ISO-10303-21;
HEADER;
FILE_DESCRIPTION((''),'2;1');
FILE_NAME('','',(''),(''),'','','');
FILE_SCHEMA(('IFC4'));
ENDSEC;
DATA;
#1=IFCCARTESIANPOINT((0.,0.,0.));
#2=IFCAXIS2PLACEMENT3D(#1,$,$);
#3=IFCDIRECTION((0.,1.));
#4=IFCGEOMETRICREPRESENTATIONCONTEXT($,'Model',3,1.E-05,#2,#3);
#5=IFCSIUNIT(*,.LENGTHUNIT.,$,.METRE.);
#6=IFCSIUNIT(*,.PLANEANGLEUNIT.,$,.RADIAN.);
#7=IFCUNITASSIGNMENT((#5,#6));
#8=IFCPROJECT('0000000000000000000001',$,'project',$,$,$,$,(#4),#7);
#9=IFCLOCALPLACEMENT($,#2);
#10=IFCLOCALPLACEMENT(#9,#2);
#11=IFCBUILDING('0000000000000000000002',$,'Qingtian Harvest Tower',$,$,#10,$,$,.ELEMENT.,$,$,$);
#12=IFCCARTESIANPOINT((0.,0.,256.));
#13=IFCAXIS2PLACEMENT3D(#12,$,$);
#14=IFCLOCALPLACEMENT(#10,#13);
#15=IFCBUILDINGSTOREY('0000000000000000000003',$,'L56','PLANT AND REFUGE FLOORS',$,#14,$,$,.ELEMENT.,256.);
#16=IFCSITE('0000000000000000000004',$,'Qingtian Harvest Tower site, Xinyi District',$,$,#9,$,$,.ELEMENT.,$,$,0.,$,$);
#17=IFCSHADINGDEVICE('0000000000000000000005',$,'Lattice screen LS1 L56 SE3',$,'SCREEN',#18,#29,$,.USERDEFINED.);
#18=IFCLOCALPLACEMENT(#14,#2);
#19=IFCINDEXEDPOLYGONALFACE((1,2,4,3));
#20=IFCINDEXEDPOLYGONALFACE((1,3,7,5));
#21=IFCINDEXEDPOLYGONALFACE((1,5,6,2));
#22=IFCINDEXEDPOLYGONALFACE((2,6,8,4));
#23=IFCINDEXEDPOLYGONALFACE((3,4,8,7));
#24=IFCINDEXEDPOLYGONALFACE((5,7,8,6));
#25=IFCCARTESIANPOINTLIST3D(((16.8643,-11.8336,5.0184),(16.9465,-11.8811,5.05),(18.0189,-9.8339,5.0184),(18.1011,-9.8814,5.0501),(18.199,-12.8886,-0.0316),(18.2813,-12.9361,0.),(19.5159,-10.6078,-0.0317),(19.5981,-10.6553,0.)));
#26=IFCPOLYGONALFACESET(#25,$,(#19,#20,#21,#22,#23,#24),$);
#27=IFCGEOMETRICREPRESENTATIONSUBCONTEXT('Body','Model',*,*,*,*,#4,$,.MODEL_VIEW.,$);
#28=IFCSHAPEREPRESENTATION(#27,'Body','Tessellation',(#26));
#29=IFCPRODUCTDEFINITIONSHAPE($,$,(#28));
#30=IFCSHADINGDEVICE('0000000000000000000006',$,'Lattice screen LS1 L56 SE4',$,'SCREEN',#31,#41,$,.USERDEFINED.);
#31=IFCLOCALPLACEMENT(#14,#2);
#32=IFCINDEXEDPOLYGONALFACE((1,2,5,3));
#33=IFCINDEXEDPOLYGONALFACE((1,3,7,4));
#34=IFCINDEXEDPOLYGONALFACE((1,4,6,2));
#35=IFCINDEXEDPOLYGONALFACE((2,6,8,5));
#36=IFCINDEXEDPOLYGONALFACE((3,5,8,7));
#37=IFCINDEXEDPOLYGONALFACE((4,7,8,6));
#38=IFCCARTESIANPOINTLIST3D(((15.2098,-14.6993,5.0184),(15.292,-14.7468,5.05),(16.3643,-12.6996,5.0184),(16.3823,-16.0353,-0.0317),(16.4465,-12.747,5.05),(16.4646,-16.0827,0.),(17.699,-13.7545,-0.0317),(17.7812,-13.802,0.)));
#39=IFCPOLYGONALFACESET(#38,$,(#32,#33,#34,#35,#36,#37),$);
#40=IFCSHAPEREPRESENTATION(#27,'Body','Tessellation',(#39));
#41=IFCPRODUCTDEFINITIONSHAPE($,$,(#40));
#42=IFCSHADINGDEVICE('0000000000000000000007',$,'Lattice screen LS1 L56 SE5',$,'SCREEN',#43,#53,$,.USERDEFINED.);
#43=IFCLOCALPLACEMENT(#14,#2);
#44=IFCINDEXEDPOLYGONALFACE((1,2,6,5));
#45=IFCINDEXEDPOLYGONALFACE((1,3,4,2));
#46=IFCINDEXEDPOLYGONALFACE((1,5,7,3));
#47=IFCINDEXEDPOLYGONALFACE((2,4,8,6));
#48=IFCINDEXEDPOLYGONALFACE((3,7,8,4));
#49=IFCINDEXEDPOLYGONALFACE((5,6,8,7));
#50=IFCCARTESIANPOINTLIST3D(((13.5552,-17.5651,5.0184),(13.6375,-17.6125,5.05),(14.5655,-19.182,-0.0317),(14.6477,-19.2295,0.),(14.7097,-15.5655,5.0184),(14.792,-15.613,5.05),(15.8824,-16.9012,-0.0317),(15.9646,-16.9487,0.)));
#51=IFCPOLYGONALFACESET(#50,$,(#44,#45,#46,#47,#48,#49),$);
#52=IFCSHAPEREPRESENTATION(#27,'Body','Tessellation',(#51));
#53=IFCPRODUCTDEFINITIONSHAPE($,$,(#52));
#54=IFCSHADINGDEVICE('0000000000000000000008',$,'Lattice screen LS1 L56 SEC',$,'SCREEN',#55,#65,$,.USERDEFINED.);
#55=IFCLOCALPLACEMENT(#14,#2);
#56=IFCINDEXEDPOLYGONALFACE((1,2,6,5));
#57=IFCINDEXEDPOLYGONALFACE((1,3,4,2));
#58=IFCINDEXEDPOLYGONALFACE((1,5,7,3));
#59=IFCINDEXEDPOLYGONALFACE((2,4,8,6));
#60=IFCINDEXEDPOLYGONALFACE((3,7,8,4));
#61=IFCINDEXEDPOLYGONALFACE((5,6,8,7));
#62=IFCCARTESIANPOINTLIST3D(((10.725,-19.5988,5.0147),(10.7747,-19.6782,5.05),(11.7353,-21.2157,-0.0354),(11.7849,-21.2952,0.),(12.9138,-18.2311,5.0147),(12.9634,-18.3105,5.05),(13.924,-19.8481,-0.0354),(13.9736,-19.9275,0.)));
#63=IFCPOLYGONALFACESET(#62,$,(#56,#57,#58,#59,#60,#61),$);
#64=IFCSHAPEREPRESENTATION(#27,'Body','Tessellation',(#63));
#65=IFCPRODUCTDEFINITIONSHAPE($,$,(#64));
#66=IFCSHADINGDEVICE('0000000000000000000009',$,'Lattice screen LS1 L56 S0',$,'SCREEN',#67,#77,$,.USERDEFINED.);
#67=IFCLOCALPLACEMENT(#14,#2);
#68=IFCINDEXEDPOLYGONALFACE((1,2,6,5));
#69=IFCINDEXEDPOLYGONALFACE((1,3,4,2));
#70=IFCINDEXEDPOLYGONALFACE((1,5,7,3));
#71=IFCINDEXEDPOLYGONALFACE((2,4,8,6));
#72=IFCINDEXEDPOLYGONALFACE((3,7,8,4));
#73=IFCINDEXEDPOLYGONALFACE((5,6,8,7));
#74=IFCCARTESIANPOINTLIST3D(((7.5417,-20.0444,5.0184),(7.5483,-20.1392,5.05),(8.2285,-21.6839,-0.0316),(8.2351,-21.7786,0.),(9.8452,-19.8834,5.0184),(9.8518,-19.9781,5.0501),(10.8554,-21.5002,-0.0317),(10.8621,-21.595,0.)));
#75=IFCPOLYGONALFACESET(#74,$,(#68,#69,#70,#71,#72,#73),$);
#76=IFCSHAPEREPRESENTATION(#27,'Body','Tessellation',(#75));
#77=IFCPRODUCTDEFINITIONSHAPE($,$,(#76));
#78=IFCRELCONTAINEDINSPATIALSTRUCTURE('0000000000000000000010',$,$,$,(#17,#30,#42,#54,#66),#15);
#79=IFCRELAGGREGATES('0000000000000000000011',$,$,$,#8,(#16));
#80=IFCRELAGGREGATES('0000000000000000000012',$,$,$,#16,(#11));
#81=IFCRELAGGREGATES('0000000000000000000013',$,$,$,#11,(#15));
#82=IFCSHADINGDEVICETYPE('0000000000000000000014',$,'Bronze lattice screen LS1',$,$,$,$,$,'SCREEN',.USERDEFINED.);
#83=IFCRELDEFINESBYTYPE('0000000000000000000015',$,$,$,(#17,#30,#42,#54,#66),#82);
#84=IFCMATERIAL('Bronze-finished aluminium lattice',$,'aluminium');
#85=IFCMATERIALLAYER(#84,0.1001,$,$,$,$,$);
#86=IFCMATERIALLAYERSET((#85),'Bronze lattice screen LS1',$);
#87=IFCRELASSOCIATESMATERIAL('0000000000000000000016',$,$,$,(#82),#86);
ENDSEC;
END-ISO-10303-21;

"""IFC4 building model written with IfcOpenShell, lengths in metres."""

from ifc_helpers import new_model, si_unit, direction, frame, origin, place, context, subcontext, project, spatial, polyline, outline, extrude, material, layer, layer_set, type_object, element, save


model = new_model("IFC4")

# Units and contexts
model_context = context("Model", 3, precision=1e-05, world=origin(), true_north=direction((0.0, 1.0)))
body_context = subcontext(model_context, "Body", "Model", "MODEL_VIEW")
ifc_project = project(units=[si_unit("LENGTHUNIT", "METRE"), si_unit("PLANEANGLEUNIT", "RADIAN")], contexts=[model_context])

# Site, building, storey
site_placement = place(None, origin())
site = spatial("IfcSite", under=ifc_project, at=site_placement, Name="Qingtian Harvest Tower site, Xinyi District", CompositionType="ELEMENT", RefElevation=0.0)
building_placement = place(site_placement, origin())
building = spatial("IfcBuilding", under=site, at=building_placement, Name="Qingtian Harvest Tower", CompositionType="ELEMENT")
storey_placement = place(building_placement, frame((0.0, 0.0, 256.0)))
storey = spatial("IfcBuildingStorey", under=building, at=storey_placement, Name="L56", Description="PLANT AND REFUGE FLOORS", CompositionType="ELEMENT", Elevation=256.0)

# Shading devices
ifc_material_1 = material(Name="Bronze-finished aluminium lattice", Category="aluminium")
ifc_layer_1 = layer(ifc_material_1, 0.1001)
ifc_layer_set_1 = layer_set([ifc_layer_1], Name="Bronze lattice screen LS1")
shading_device_type = type_object("IfcShadingDeviceType", Name="Bronze lattice screen LS1", ElementType="SCREEN", PredefinedType="USERDEFINED", material=ifc_layer_set_1)
shading_device_1_placement = place(storey_placement, frame((19.5981, -10.6553, 0.0), z_axis=(0.821574, -0.474351, 0.316239), x_axis=(-0.500013, -0.866018, 0.000005)))
element("IfcShadingDevice", 1, at=shading_device_1_placement, inside=storey, type_object=shading_device_type, Name="Lattice screen LS1 L56 SE3", ObjectType="SCREEN", PredefinedType="USERDEFINED", context=body_context, shape_type="SweptSolid", body=[
    extrude(outline(polyline([(0.0, 0.0), (2.6336, 0.0), (2.3875, -5.3232), (0.0783, -5.3233), (0.0, 0.0)])), origin(), (0.0, 0.0, -1.0), 0.1001),
])
shading_device_2_placement = place(storey_placement, frame((17.7812, -13.802, 0.0), z_axis=(0.821595, -0.474316, 0.316238), x_axis=(-0.499973, -0.866041, -0.000006)))
element("IfcShadingDevice", 2, at=shading_device_2_placement, inside=storey, type_object=shading_device_type, Name="Lattice screen LS1 L56 SE4", ObjectType="SCREEN", PredefinedType="USERDEFINED", context=body_context, shape_type="SweptSolid", body=[
    extrude(outline(polyline([(0.0, 0.0), (2.6335, 0.0), (2.0628, -5.3233), (-0.2463, -5.3232), (0.0, 0.0)])), origin(), (0.0, 0.0, -1.0), 0.1001),
])
shading_device_3_placement = place(storey_placement, frame((15.9646, -16.9487, 0.0), z_axis=(0.821564, -0.474372, 0.316235), x_axis=(-0.500033, -0.866007, -0.000002)))
element("IfcShadingDevice", 3, at=shading_device_3_placement, inside=storey, type_object=shading_device_type, Name="Lattice screen LS1 L56 SE5", ObjectType="SCREEN", PredefinedType="USERDEFINED", context=body_context, shape_type="SweptSolid", body=[
    extrude(outline(polyline([(0.0, 0.0), (2.6336, 0.0), (1.7385, -5.3232), (-0.5704, -5.3232), (0.0, 0.0)])), origin(), (0.0, 0.0, -1.0), 0.1001),
])
shading_device_4_placement = place(storey_placement, frame((13.9736, -19.9275, 0.0), z_axis=(0.495766, -0.793386, 0.353206), x_axis=(-0.848046, -0.529922, 0.0)))
element("IfcShadingDevice", 4, at=shading_device_4_placement, inside=storey, type_object=shading_device_type, Name="Lattice screen LS1 L56 SEC", ObjectType="SCREEN", PredefinedType="USERDEFINED", context=body_context, shape_type="SweptSolid", body=[
    extrude(outline(polyline([(0.0, 0.0), (2.5809, 0.0), (2.5808, -5.398), (-0.0001, -5.398), (0.0, 0.0)])), origin(), (0.0, 0.0, -1.0), 0.1001),
])
shading_device_5_placement = place(storey_placement, frame((10.8621, -21.595, 0.0), z_axis=(0.066169, -0.946371, 0.316235), x_axis=(-0.997565, -0.069745, 0.000009)))
element("IfcShadingDevice", 5, at=shading_device_5_placement, inside=storey, type_object=shading_device_type, Name="Lattice screen LS1 L56 S0", ObjectType="SCREEN", PredefinedType="USERDEFINED", context=body_context, shape_type="SweptSolid", body=[
    extrude(outline(polyline([(0.0, 0.0), (2.6334, 0.0), (3.2042, -5.3232), (0.8951, -5.3232), (0.0, 0.0)])), origin(), (0.0, 0.0, -1.0), 0.1001),
])

save(model, "model.ifc")
